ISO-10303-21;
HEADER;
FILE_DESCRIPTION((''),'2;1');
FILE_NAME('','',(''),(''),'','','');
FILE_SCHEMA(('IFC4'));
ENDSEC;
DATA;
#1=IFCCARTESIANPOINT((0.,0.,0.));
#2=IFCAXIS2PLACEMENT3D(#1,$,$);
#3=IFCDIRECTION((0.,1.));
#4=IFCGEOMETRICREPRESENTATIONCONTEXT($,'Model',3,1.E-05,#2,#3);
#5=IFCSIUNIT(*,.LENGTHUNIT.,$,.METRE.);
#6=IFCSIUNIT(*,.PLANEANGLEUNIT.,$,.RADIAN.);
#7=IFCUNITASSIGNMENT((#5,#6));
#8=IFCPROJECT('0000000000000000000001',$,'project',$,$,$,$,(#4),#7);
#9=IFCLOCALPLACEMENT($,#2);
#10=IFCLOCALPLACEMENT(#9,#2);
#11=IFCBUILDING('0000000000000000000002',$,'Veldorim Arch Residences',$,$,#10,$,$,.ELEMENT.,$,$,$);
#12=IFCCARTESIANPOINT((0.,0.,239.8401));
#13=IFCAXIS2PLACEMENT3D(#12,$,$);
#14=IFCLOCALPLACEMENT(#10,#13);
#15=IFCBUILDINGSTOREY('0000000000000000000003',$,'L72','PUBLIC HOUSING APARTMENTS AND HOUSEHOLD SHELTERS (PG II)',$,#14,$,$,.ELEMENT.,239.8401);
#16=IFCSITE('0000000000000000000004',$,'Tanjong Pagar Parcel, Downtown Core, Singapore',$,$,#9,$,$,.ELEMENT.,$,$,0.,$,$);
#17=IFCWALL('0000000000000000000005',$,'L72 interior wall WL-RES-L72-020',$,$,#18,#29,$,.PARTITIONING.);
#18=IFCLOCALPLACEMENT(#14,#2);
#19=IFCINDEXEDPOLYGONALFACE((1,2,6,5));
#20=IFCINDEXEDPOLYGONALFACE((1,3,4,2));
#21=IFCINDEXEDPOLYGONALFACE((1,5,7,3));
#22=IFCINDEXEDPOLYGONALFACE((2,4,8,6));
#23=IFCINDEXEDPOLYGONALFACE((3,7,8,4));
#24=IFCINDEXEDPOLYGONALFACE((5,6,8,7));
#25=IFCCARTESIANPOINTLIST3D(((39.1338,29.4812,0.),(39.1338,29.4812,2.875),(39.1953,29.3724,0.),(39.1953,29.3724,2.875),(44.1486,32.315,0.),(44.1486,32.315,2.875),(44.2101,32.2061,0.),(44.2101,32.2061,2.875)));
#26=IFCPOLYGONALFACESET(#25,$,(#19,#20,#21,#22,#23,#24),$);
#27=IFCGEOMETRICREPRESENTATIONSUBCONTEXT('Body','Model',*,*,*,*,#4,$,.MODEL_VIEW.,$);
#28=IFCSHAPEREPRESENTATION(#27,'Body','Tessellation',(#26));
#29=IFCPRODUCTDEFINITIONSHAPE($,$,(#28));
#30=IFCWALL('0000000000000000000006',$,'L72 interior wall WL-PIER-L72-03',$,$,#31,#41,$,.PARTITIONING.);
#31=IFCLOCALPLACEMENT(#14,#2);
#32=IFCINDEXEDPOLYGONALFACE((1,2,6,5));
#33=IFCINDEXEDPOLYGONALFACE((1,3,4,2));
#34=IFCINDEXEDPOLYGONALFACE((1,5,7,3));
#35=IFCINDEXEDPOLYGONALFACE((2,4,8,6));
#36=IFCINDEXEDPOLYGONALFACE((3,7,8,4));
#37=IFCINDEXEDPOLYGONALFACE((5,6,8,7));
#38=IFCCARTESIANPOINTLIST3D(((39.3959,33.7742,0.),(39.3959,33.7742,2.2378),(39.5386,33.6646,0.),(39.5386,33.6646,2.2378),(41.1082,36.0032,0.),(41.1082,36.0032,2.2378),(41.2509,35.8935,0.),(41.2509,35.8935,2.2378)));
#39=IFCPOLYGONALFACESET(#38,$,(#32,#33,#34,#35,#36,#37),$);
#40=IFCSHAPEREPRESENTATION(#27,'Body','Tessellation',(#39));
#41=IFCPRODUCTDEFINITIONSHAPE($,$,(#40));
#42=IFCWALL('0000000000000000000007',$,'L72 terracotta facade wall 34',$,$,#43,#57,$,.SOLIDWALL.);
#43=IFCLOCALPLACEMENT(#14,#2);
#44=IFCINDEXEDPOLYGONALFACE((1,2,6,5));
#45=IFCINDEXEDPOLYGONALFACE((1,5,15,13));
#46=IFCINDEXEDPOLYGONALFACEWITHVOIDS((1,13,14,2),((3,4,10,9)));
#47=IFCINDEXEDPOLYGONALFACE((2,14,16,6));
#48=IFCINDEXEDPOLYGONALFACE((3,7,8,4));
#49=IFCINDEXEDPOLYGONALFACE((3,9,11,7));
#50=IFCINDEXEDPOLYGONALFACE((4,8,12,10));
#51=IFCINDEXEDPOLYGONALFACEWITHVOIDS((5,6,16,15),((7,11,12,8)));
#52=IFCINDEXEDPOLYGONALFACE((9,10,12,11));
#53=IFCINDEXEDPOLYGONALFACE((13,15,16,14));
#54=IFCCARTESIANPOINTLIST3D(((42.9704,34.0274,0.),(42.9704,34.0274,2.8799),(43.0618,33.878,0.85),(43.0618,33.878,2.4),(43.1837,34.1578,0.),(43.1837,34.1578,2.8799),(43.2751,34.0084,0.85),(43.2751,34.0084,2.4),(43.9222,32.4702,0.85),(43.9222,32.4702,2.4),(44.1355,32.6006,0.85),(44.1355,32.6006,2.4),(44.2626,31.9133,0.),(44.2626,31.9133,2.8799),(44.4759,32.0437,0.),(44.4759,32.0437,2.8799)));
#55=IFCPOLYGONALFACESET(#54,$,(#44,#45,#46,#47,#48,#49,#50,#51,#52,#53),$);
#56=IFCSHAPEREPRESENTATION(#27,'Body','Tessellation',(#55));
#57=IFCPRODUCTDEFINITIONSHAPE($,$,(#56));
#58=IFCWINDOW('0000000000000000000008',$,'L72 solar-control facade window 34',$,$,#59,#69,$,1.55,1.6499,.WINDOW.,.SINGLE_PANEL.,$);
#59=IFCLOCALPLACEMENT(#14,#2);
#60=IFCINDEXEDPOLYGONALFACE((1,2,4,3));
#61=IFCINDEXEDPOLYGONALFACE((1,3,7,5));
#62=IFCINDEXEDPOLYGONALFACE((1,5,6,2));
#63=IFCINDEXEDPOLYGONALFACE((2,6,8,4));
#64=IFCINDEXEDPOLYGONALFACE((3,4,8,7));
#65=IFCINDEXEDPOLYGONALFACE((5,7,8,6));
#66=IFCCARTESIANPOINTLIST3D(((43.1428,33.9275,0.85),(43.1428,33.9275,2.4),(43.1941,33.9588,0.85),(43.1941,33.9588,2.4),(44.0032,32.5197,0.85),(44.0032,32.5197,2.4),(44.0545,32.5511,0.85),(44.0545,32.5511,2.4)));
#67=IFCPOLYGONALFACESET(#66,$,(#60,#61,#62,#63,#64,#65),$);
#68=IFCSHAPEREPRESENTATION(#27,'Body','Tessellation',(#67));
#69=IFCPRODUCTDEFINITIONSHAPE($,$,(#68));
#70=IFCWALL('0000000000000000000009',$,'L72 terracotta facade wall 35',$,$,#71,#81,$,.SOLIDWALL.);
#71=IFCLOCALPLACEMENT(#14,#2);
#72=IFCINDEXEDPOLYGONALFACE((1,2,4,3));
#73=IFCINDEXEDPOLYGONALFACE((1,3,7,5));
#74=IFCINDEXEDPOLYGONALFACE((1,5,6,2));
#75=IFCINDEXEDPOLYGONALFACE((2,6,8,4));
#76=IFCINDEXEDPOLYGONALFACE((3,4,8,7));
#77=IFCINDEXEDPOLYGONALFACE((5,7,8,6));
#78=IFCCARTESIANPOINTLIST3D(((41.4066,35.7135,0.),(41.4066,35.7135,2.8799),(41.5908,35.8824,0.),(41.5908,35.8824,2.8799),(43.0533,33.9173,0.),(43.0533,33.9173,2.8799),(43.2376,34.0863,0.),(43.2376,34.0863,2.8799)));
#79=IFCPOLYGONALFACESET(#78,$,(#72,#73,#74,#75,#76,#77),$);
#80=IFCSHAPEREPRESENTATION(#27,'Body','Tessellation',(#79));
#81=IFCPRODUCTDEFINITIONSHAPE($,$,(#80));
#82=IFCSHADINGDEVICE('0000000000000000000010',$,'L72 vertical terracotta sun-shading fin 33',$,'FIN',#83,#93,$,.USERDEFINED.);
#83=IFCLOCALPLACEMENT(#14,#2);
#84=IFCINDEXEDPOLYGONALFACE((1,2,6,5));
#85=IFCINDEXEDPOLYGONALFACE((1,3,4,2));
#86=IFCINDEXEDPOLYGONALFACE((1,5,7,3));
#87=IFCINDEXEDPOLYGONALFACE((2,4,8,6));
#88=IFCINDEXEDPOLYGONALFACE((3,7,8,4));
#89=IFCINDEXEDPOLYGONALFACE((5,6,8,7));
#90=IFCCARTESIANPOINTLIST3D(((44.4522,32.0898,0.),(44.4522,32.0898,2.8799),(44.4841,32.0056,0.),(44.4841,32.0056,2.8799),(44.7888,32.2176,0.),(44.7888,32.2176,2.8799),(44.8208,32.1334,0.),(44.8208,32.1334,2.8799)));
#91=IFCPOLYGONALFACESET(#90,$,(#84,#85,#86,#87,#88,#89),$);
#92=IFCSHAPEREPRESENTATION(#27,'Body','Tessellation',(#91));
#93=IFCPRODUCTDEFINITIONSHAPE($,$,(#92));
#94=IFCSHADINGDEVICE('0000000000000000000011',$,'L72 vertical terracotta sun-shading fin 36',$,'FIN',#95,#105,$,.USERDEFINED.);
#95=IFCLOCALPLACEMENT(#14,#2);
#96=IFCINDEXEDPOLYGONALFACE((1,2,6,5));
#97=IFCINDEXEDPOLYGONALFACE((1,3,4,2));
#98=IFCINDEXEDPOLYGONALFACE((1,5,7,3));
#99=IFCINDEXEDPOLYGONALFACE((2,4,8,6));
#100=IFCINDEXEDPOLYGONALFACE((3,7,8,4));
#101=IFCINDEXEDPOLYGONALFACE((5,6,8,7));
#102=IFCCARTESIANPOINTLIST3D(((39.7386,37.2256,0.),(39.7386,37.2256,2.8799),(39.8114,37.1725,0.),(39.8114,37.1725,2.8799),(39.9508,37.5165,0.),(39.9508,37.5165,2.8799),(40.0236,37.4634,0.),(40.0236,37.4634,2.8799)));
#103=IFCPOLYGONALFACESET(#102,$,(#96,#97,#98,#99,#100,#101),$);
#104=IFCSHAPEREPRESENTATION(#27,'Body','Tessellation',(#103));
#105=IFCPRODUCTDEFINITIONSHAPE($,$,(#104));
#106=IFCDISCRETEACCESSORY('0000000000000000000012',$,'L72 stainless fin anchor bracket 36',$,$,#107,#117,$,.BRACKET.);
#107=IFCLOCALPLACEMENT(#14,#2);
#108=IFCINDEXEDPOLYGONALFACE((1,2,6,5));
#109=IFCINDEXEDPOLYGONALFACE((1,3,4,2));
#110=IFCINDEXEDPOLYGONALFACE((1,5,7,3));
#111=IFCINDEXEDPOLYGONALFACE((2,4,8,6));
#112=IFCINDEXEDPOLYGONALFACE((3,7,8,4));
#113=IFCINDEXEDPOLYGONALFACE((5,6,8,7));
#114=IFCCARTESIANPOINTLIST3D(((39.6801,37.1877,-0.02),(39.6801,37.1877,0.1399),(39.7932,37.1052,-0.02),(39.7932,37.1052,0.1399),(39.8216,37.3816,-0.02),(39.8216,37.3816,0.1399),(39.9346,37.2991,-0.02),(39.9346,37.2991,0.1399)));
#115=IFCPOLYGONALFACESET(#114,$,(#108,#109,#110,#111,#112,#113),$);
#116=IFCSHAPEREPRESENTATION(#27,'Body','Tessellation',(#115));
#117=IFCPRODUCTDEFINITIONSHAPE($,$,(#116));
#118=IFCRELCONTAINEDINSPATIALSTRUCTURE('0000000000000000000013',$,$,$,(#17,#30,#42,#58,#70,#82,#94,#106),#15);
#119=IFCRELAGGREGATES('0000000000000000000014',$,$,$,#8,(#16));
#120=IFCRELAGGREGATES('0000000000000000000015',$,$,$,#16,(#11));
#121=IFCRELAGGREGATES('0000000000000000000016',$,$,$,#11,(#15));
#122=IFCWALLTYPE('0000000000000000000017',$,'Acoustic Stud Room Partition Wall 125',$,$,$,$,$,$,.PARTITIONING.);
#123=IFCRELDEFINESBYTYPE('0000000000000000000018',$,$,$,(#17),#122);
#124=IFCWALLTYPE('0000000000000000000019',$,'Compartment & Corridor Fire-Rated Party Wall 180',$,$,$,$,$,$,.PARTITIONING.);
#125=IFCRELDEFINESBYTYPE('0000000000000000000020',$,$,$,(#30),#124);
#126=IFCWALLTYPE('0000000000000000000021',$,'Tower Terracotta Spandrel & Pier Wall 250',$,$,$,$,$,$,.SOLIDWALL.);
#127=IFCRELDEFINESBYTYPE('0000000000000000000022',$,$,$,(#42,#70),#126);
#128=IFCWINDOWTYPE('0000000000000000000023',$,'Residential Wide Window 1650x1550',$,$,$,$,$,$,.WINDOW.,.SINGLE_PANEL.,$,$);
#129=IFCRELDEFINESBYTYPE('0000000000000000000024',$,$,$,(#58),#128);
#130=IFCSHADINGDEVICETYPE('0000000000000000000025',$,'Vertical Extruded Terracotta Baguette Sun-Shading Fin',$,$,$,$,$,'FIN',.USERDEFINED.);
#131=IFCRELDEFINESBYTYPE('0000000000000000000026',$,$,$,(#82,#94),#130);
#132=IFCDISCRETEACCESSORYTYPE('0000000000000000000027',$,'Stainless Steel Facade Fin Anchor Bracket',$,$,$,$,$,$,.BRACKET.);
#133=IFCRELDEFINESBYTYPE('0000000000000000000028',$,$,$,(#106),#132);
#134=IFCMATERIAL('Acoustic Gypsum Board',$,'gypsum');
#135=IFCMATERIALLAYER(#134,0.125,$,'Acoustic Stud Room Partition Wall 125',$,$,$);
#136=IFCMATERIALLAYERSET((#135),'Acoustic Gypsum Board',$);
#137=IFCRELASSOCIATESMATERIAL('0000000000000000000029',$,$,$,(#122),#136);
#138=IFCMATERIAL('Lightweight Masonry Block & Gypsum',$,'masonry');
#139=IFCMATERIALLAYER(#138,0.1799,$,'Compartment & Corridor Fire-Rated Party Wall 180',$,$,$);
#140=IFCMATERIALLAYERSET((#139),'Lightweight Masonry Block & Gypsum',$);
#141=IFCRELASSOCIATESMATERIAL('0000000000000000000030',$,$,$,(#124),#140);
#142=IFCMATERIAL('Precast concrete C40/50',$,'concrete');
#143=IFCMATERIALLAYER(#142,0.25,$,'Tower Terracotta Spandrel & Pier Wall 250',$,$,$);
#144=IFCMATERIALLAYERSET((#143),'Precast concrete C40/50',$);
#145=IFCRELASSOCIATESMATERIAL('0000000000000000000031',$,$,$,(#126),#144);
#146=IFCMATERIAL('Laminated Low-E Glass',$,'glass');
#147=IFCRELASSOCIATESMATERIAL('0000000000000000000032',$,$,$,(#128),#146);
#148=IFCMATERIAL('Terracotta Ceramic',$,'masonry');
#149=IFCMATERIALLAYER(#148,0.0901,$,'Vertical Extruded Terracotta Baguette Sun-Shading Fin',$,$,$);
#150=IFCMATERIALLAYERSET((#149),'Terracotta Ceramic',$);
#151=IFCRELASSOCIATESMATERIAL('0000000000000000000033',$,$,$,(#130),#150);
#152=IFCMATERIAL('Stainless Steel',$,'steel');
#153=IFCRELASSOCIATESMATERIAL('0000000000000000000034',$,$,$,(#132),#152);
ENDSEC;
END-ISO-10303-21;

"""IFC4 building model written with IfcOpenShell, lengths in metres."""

from ifc_helpers import new_model, si_unit, direction, frame, frame_2d, origin, origin_2d, place, context, subcontext, project, spatial, rectangle, extrude, material, layer, layer_set, type_object, element, fill, save


model = new_model("IFC4")

# Units and contexts
model_context = context("Model", 3, precision=1e-05, world=origin(), true_north=direction((0.0, 1.0)))
body_context = subcontext(model_context, "Body", "Model", "MODEL_VIEW")
ifc_project = project(units=[si_unit("LENGTHUNIT", "METRE"), si_unit("PLANEANGLEUNIT", "RADIAN")], contexts=[model_context])

# Site, building, storey
site_placement = place(None, origin())
site = spatial("IfcSite", under=ifc_project, at=site_placement, Name="Tanjong Pagar Parcel, Downtown Core, Singapore", CompositionType="ELEMENT", RefElevation=0.0)
building_placement = place(site_placement, origin())
building = spatial("IfcBuilding", under=site, at=building_placement, Name="Veldorim Arch Residences", CompositionType="ELEMENT")
storey_placement = place(building_placement, frame((0.0, 0.0, 239.8401)))
storey = spatial("IfcBuildingStorey", under=building, at=storey_placement, Name="L72", Description="PUBLIC HOUSING APARTMENTS AND HOUSEHOLD SHELTERS (PG II)", CompositionType="ELEMENT", Elevation=239.8401)

# Walls
ifc_material_1 = material(Name="Acoustic Gypsum Board", Category="gypsum")
ifc_layer_1 = layer(ifc_material_1, 0.125, Name="Acoustic Stud Room Partition Wall 125")
ifc_layer_set_1 = layer_set([ifc_layer_1], Name="Acoustic Gypsum Board")
wall_type_1 = type_object("IfcWallType", Name="Acoustic Stud Room Partition Wall 125", PredefinedType="PARTITIONING", material=ifc_layer_set_1)
wall_1_placement = place(storey_placement, frame((44.1792, 32.2605, 0.0), z_axis=(0.0, 0.0, 1.0), x_axis=(-0.870609, -0.491975, 0.0)))
element("IfcWall", 1, at=wall_1_placement, inside=storey, type_object=wall_type_1, Name="L72 interior wall WL-RES-L72-020", PredefinedType="PARTITIONING", context=body_context, shape_type="SweptSolid", body=[
    extrude(rectangle(XDim=5.76, YDim=0.125, at=frame_2d((2.8799, 0.0))), origin(), (0.0, 0.0, 1.0), 2.875),
])
ifc_material_2 = material(Name="Lightweight Masonry Block & Gypsum", Category="masonry")
ifc_layer_2 = layer(ifc_material_2, 0.1799, Name="Compartment & Corridor Fire-Rated Party Wall 180")
ifc_layer_set_2 = layer_set([ifc_layer_2], Name="Lightweight Masonry Block & Gypsum")
wall_type_2 = type_object("IfcWallType", Name="Compartment & Corridor Fire-Rated Party Wall 180", PredefinedType="PARTITIONING", material=ifc_layer_set_2)
wall_2_placement = place(storey_placement, frame((39.4673, 33.7195, 0.0), z_axis=(0.0, 0.0, 1.0), x_axis=(0.609215, 0.793005, 0.0)))
element("IfcWall", 2, at=wall_2_placement, inside=storey, type_object=wall_type_2, Name="L72 interior wall WL-PIER-L72-03", PredefinedType="PARTITIONING", context=body_context, shape_type="SweptSolid", body=[
    extrude(rectangle(XDim=2.8108, YDim=0.1799, at=frame_2d((1.4053, 0.0))), origin(), (0.0, 0.0, 1.0), 2.2378),
])

# Wall, opening, window
ifc_material_3 = material(Name="Precast concrete C40/50", Category="concrete")
ifc_layer_3 = layer(ifc_material_3, 0.25, Name="Tower Terracotta Spandrel & Pier Wall 250")
ifc_layer_set_3 = layer_set([ifc_layer_3], Name="Precast concrete C40/50")
wall_type_3 = type_object("IfcWallType", Name="Tower Terracotta Spandrel & Pier Wall 250", PredefinedType="SOLIDWALL", material=ifc_layer_set_3)
wall_3_placement = place(storey_placement, frame((43.0771, 34.0925, 0.0), z_axis=(0.0, 0.0, 1.0), x_axis=(0.521506, -0.853248, 0.0)))
wall_3 = element("IfcWall", 3, at=wall_3_placement, inside=storey, type_object=wall_type_3, Name="L72 terracotta facade wall 34", PredefinedType="SOLIDWALL", context=body_context, shape_type="SweptSolid", body=[
    extrude(rectangle(XDim=2.4778, YDim=0.25, at=frame_2d((1.2388, 0.0))), origin(), (0.0, 0.0, 1.0), 2.8799),
])
opening_placement = place(wall_3_placement, frame((0.175, 0.0, 0.8501)))
opening = element("IfcOpeningElement", 4, at=opening_placement, cuts=wall_3, PredefinedType="OPENING", context=body_context, shape_type="SweptSolid", body=[
    extrude(rectangle(XDim=1.6499, YDim=1.55, at=frame_2d((0.825, 0.7749))), frame((0.0, 0.135, 0.0), z_axis=(0.0, -1.0, 0.0), x_axis=(1.0, 0.0, 0.0)), (0.0, 0.0, 1.0), 0.27),
])
ifc_material_4 = material(Name="Laminated Low-E Glass", Category="glass")
window_type = type_object("IfcWindowType", Name="Residential Wide Window 1650x1550", PartitioningType="SINGLE_PANEL", PredefinedType="WINDOW", material=ifc_material_4)
window_placement = place(opening_placement, origin())
window = element("IfcWindow", 5, at=window_placement, inside=storey, type_object=window_type, Name="L72 solar-control facade window 34", OverallHeight=1.55, OverallWidth=1.6499, PartitioningType="SINGLE_PANEL", PredefinedType="WINDOW", context=body_context, shape_type="SweptSolid", body=[
    extrude(rectangle(XDim=1.6499, YDim=1.55, at=frame_2d((0.825, 0.7749))), frame((0.0, 0.03, 0.0), z_axis=(0.0, -1.0, 0.0), x_axis=(1.0, 0.0, 0.0)), (0.0, 0.0, 1.0), 0.0601),
])
fill(opening, window)

# Wall
wall_4_placement = place(storey_placement, frame((41.4988, 35.7979, 0.0), z_axis=(0.0, 0.0, 1.0), x_axis=(0.675784, -0.7371, 0.0)))
element("IfcWall", 6, at=wall_4_placement, inside=storey, type_object=wall_type_3, Name="L72 terracotta facade wall 35", PredefinedType="SOLIDWALL", context=body_context, shape_type="SweptSolid", body=[
    extrude(rectangle(XDim=2.4368, YDim=0.25, at=frame_2d((1.2183, 0.0))), origin(), (0.0, 0.0, 1.0), 2.8799),
])

# Shading devices
ifc_material_5 = material(Name="Terracotta Ceramic", Category="masonry")
ifc_layer_4 = layer(ifc_material_5, 0.0901, Name="Vertical Extruded Terracotta Baguette Sun-Shading Fin")
ifc_layer_set_4 = layer_set([ifc_layer_4], Name="Terracotta Ceramic")
shading_device_type = type_object("IfcShadingDeviceType", Name="Vertical Extruded Terracotta Baguette Sun-Shading Fin", ElementType="FIN", PredefinedType="USERDEFINED", material=ifc_layer_set_4)
for number, where, z_axis, x_axis, name in (
    (7, (44.6365, 32.1116, 0.0), (0.0, 0.0, 1.0), (0.354944, -0.934888, 0.0), "L72 vertical terracotta sun-shading fin 33"),
    (8, (39.8811, 37.3445, 0.0), (0.0, 0.0, 1.0), (0.807887, -0.589337, 0.0), "L72 vertical terracotta sun-shading fin 36"),
):
    element("IfcShadingDevice", number, at=place(storey_placement, frame(where, z_axis=z_axis, x_axis=x_axis)), inside=storey, type_object=shading_device_type, Name=name, ObjectType="FIN", PredefinedType="USERDEFINED", context=body_context, shape_type="SweptSolid", body=[
        extrude(rectangle(XDim=0.0901, YDim=0.3601, at=origin_2d()), origin(), (0.0, 0.0, 1.0), 2.8799),
    ])

# Discrete accessory
ifc_material_6 = material(Name="Stainless Steel", Category="steel")
discrete_accessory_type = type_object("IfcDiscreteAccessoryType", Name="Stainless Steel Facade Fin Anchor Bracket", PredefinedType="BRACKET", material=ifc_material_6)
discrete_accessory_placement = place(storey_placement, frame((39.8074, 37.2434, -0.02), z_axis=(0.0, 0.0, 1.0), x_axis=(0.807887, -0.589337, 0.0)))
element("IfcDiscreteAccessory", 9, at=discrete_accessory_placement, inside=storey, type_object=discrete_accessory_type, Name="L72 stainless fin anchor bracket 36", PredefinedType="BRACKET", context=body_context, shape_type="SweptSolid", body=[
    extrude(rectangle(XDim=0.1399, YDim=0.24, at=origin_2d()), origin(), (0.0, 0.0, 1.0), 0.1599),
])

save(model, "model.ifc")
